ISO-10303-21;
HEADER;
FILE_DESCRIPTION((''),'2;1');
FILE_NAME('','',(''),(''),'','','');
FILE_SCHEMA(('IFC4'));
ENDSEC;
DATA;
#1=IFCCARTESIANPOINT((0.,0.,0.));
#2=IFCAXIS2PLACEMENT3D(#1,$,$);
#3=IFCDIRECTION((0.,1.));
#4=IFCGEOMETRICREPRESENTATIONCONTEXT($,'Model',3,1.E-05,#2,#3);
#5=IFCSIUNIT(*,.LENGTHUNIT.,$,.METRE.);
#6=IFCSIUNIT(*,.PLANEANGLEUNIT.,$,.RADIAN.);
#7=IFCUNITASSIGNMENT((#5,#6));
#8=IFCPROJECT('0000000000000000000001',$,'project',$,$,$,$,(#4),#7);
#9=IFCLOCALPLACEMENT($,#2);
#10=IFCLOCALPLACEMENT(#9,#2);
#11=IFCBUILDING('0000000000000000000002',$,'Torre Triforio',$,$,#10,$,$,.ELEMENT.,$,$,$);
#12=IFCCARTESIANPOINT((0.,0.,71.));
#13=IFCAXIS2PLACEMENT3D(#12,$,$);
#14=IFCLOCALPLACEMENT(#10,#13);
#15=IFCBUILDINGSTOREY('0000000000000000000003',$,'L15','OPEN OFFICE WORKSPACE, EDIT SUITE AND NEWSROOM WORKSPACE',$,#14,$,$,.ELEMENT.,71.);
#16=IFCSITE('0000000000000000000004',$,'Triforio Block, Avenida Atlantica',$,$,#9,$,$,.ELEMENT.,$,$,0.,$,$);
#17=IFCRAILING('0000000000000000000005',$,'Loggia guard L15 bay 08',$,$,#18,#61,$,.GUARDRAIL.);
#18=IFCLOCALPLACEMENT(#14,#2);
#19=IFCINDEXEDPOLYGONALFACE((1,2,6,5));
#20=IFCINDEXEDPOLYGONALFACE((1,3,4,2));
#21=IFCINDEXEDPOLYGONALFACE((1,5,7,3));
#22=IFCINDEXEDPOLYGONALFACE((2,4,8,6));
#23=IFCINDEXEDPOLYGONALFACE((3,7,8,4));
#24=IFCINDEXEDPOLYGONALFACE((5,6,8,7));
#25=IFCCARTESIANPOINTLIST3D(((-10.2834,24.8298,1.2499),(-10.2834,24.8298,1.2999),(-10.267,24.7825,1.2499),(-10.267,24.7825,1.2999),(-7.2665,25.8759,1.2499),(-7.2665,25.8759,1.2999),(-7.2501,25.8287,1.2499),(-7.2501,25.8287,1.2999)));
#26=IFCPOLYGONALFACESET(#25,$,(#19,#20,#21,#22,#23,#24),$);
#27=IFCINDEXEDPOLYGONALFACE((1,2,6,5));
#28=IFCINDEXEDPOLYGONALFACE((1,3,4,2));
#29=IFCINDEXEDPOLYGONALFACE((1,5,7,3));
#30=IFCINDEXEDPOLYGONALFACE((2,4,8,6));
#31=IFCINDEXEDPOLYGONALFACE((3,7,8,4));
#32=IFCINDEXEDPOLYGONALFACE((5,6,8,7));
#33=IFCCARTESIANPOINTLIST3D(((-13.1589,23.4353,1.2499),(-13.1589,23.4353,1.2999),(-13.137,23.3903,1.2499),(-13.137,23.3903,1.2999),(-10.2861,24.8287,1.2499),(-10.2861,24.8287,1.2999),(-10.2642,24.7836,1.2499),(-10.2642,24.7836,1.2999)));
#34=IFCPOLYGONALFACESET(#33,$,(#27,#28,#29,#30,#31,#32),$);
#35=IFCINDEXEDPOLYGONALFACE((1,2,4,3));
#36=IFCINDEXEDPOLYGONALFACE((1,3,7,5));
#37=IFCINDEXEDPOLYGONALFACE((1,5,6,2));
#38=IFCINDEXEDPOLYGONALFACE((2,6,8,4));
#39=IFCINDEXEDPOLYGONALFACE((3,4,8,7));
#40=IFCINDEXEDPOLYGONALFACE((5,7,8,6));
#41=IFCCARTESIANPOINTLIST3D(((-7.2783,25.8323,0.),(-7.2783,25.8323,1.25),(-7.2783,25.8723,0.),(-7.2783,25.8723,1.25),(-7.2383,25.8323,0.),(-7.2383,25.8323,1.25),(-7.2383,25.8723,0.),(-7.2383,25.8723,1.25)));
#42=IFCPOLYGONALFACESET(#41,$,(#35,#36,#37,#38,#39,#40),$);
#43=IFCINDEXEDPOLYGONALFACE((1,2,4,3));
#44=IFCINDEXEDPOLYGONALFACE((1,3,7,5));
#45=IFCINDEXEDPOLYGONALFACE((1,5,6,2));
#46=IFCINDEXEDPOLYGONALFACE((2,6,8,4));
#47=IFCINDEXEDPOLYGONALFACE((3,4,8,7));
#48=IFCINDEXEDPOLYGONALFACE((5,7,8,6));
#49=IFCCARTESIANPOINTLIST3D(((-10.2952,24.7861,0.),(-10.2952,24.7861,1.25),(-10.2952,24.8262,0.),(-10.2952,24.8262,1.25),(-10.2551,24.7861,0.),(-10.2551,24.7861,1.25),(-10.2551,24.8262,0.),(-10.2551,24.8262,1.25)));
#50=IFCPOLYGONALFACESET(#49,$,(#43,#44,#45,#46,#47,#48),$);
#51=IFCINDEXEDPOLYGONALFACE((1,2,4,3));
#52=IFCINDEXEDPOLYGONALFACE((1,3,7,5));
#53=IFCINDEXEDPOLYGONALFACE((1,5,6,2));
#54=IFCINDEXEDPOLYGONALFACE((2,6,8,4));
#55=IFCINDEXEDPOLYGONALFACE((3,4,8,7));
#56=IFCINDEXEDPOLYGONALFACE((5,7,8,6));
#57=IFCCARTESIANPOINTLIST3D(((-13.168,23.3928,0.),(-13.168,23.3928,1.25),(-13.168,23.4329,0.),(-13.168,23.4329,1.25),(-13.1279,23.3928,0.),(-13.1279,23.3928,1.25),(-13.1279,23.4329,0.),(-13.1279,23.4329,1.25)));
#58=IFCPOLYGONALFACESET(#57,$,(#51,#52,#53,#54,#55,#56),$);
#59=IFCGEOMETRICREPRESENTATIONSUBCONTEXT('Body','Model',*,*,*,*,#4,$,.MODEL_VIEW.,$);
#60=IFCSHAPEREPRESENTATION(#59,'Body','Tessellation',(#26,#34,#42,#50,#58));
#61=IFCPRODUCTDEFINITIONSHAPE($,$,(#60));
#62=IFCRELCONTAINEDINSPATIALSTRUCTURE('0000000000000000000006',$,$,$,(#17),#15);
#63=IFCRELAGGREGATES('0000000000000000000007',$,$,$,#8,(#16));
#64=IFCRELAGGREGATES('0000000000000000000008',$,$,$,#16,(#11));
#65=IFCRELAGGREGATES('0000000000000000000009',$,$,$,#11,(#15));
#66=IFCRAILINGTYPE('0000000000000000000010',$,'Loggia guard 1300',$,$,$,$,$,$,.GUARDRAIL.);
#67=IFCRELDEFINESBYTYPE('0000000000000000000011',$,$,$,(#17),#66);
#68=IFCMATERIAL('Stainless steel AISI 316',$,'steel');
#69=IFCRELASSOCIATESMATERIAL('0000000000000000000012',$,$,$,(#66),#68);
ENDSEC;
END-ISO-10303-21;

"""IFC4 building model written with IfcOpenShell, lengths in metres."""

from ifc_helpers import new_model, si_unit, direction, frame, origin, origin_2d, place, context, subcontext, project, spatial, rectangle, extrude, material, type_object, element, save


model = new_model("IFC4")

# Units and contexts
model_context = context("Model", 3, precision=1e-05, world=origin(), true_north=direction((0.0, 1.0)))
body_context = subcontext(model_context, "Body", "Model", "MODEL_VIEW")
ifc_project = project(units=[si_unit("LENGTHUNIT", "METRE"), si_unit("PLANEANGLEUNIT", "RADIAN")], contexts=[model_context])

# Site, building, storey
site_placement = place(None, origin())
site = spatial("IfcSite", under=ifc_project, at=site_placement, Name="Triforio Block, Avenida Atlantica", CompositionType="ELEMENT", RefElevation=0.0)
building_placement = place(site_placement, origin())
building = spatial("IfcBuilding", under=site, at=building_placement, Name="Torre Triforio", CompositionType="ELEMENT")
storey_placement = place(building_placement, frame((0.0, 0.0, 71.0)))
storey = spatial("IfcBuildingStorey", under=building, at=storey_placement, Name="L15", Description="OPEN OFFICE WORKSPACE, EDIT SUITE AND NEWSROOM WORKSPACE", CompositionType="ELEMENT", Elevation=71.0)

# Railing
ifc_material_1 = material(Name="Stainless steel AISI 316", Category="steel")
railing_type = type_object("IfcRailingType", Name="Loggia guard 1300", PredefinedType="GUARDRAIL", material=ifc_material_1)
railing_1_placement = place(storey_placement, frame((-7.2583, 25.8523, 0.0)))
element("IfcRailing", 1, at=railing_1_placement, inside=storey, type_object=railing_type, Name="Loggia guard L15 bay 08", PredefinedType="GUARDRAIL", context=body_context, shape_type="SweptSolid", body=[
    extrude(rectangle(XDim=0.05, YDim=0.05, at=origin_2d()), frame((0.0, 0.0, 1.2749), z_axis=(-0.944807, -0.327628, 0.0), x_axis=(0.327628, -0.944807, 0.0)), (0.0, 0.0, 1.0), 3.1931),
    extrude(rectangle(XDim=0.05, YDim=0.05, at=origin_2d()), frame((-3.0168, -1.0461, 1.2749), z_axis=(-0.89976, -0.436384, 0.0), x_axis=(0.436384, -0.89976, 0.0)), (0.0, 0.0, 1.0), 3.1929),
    extrude(rectangle(XDim=0.04, YDim=0.04, at=origin_2d()), origin(), (0.0, 0.0, 1.0), 1.25),
    extrude(rectangle(XDim=0.04, YDim=0.04, at=origin_2d()), frame((-3.0168, -1.0461, 0.0)), (0.0, 0.0, 1.0), 1.25),
    extrude(rectangle(XDim=0.04, YDim=0.04, at=origin_2d()), frame((-5.8896, -2.4395, 0.0)), (0.0, 0.0, 1.0), 1.25),
])

save(model, "model.ifc")
